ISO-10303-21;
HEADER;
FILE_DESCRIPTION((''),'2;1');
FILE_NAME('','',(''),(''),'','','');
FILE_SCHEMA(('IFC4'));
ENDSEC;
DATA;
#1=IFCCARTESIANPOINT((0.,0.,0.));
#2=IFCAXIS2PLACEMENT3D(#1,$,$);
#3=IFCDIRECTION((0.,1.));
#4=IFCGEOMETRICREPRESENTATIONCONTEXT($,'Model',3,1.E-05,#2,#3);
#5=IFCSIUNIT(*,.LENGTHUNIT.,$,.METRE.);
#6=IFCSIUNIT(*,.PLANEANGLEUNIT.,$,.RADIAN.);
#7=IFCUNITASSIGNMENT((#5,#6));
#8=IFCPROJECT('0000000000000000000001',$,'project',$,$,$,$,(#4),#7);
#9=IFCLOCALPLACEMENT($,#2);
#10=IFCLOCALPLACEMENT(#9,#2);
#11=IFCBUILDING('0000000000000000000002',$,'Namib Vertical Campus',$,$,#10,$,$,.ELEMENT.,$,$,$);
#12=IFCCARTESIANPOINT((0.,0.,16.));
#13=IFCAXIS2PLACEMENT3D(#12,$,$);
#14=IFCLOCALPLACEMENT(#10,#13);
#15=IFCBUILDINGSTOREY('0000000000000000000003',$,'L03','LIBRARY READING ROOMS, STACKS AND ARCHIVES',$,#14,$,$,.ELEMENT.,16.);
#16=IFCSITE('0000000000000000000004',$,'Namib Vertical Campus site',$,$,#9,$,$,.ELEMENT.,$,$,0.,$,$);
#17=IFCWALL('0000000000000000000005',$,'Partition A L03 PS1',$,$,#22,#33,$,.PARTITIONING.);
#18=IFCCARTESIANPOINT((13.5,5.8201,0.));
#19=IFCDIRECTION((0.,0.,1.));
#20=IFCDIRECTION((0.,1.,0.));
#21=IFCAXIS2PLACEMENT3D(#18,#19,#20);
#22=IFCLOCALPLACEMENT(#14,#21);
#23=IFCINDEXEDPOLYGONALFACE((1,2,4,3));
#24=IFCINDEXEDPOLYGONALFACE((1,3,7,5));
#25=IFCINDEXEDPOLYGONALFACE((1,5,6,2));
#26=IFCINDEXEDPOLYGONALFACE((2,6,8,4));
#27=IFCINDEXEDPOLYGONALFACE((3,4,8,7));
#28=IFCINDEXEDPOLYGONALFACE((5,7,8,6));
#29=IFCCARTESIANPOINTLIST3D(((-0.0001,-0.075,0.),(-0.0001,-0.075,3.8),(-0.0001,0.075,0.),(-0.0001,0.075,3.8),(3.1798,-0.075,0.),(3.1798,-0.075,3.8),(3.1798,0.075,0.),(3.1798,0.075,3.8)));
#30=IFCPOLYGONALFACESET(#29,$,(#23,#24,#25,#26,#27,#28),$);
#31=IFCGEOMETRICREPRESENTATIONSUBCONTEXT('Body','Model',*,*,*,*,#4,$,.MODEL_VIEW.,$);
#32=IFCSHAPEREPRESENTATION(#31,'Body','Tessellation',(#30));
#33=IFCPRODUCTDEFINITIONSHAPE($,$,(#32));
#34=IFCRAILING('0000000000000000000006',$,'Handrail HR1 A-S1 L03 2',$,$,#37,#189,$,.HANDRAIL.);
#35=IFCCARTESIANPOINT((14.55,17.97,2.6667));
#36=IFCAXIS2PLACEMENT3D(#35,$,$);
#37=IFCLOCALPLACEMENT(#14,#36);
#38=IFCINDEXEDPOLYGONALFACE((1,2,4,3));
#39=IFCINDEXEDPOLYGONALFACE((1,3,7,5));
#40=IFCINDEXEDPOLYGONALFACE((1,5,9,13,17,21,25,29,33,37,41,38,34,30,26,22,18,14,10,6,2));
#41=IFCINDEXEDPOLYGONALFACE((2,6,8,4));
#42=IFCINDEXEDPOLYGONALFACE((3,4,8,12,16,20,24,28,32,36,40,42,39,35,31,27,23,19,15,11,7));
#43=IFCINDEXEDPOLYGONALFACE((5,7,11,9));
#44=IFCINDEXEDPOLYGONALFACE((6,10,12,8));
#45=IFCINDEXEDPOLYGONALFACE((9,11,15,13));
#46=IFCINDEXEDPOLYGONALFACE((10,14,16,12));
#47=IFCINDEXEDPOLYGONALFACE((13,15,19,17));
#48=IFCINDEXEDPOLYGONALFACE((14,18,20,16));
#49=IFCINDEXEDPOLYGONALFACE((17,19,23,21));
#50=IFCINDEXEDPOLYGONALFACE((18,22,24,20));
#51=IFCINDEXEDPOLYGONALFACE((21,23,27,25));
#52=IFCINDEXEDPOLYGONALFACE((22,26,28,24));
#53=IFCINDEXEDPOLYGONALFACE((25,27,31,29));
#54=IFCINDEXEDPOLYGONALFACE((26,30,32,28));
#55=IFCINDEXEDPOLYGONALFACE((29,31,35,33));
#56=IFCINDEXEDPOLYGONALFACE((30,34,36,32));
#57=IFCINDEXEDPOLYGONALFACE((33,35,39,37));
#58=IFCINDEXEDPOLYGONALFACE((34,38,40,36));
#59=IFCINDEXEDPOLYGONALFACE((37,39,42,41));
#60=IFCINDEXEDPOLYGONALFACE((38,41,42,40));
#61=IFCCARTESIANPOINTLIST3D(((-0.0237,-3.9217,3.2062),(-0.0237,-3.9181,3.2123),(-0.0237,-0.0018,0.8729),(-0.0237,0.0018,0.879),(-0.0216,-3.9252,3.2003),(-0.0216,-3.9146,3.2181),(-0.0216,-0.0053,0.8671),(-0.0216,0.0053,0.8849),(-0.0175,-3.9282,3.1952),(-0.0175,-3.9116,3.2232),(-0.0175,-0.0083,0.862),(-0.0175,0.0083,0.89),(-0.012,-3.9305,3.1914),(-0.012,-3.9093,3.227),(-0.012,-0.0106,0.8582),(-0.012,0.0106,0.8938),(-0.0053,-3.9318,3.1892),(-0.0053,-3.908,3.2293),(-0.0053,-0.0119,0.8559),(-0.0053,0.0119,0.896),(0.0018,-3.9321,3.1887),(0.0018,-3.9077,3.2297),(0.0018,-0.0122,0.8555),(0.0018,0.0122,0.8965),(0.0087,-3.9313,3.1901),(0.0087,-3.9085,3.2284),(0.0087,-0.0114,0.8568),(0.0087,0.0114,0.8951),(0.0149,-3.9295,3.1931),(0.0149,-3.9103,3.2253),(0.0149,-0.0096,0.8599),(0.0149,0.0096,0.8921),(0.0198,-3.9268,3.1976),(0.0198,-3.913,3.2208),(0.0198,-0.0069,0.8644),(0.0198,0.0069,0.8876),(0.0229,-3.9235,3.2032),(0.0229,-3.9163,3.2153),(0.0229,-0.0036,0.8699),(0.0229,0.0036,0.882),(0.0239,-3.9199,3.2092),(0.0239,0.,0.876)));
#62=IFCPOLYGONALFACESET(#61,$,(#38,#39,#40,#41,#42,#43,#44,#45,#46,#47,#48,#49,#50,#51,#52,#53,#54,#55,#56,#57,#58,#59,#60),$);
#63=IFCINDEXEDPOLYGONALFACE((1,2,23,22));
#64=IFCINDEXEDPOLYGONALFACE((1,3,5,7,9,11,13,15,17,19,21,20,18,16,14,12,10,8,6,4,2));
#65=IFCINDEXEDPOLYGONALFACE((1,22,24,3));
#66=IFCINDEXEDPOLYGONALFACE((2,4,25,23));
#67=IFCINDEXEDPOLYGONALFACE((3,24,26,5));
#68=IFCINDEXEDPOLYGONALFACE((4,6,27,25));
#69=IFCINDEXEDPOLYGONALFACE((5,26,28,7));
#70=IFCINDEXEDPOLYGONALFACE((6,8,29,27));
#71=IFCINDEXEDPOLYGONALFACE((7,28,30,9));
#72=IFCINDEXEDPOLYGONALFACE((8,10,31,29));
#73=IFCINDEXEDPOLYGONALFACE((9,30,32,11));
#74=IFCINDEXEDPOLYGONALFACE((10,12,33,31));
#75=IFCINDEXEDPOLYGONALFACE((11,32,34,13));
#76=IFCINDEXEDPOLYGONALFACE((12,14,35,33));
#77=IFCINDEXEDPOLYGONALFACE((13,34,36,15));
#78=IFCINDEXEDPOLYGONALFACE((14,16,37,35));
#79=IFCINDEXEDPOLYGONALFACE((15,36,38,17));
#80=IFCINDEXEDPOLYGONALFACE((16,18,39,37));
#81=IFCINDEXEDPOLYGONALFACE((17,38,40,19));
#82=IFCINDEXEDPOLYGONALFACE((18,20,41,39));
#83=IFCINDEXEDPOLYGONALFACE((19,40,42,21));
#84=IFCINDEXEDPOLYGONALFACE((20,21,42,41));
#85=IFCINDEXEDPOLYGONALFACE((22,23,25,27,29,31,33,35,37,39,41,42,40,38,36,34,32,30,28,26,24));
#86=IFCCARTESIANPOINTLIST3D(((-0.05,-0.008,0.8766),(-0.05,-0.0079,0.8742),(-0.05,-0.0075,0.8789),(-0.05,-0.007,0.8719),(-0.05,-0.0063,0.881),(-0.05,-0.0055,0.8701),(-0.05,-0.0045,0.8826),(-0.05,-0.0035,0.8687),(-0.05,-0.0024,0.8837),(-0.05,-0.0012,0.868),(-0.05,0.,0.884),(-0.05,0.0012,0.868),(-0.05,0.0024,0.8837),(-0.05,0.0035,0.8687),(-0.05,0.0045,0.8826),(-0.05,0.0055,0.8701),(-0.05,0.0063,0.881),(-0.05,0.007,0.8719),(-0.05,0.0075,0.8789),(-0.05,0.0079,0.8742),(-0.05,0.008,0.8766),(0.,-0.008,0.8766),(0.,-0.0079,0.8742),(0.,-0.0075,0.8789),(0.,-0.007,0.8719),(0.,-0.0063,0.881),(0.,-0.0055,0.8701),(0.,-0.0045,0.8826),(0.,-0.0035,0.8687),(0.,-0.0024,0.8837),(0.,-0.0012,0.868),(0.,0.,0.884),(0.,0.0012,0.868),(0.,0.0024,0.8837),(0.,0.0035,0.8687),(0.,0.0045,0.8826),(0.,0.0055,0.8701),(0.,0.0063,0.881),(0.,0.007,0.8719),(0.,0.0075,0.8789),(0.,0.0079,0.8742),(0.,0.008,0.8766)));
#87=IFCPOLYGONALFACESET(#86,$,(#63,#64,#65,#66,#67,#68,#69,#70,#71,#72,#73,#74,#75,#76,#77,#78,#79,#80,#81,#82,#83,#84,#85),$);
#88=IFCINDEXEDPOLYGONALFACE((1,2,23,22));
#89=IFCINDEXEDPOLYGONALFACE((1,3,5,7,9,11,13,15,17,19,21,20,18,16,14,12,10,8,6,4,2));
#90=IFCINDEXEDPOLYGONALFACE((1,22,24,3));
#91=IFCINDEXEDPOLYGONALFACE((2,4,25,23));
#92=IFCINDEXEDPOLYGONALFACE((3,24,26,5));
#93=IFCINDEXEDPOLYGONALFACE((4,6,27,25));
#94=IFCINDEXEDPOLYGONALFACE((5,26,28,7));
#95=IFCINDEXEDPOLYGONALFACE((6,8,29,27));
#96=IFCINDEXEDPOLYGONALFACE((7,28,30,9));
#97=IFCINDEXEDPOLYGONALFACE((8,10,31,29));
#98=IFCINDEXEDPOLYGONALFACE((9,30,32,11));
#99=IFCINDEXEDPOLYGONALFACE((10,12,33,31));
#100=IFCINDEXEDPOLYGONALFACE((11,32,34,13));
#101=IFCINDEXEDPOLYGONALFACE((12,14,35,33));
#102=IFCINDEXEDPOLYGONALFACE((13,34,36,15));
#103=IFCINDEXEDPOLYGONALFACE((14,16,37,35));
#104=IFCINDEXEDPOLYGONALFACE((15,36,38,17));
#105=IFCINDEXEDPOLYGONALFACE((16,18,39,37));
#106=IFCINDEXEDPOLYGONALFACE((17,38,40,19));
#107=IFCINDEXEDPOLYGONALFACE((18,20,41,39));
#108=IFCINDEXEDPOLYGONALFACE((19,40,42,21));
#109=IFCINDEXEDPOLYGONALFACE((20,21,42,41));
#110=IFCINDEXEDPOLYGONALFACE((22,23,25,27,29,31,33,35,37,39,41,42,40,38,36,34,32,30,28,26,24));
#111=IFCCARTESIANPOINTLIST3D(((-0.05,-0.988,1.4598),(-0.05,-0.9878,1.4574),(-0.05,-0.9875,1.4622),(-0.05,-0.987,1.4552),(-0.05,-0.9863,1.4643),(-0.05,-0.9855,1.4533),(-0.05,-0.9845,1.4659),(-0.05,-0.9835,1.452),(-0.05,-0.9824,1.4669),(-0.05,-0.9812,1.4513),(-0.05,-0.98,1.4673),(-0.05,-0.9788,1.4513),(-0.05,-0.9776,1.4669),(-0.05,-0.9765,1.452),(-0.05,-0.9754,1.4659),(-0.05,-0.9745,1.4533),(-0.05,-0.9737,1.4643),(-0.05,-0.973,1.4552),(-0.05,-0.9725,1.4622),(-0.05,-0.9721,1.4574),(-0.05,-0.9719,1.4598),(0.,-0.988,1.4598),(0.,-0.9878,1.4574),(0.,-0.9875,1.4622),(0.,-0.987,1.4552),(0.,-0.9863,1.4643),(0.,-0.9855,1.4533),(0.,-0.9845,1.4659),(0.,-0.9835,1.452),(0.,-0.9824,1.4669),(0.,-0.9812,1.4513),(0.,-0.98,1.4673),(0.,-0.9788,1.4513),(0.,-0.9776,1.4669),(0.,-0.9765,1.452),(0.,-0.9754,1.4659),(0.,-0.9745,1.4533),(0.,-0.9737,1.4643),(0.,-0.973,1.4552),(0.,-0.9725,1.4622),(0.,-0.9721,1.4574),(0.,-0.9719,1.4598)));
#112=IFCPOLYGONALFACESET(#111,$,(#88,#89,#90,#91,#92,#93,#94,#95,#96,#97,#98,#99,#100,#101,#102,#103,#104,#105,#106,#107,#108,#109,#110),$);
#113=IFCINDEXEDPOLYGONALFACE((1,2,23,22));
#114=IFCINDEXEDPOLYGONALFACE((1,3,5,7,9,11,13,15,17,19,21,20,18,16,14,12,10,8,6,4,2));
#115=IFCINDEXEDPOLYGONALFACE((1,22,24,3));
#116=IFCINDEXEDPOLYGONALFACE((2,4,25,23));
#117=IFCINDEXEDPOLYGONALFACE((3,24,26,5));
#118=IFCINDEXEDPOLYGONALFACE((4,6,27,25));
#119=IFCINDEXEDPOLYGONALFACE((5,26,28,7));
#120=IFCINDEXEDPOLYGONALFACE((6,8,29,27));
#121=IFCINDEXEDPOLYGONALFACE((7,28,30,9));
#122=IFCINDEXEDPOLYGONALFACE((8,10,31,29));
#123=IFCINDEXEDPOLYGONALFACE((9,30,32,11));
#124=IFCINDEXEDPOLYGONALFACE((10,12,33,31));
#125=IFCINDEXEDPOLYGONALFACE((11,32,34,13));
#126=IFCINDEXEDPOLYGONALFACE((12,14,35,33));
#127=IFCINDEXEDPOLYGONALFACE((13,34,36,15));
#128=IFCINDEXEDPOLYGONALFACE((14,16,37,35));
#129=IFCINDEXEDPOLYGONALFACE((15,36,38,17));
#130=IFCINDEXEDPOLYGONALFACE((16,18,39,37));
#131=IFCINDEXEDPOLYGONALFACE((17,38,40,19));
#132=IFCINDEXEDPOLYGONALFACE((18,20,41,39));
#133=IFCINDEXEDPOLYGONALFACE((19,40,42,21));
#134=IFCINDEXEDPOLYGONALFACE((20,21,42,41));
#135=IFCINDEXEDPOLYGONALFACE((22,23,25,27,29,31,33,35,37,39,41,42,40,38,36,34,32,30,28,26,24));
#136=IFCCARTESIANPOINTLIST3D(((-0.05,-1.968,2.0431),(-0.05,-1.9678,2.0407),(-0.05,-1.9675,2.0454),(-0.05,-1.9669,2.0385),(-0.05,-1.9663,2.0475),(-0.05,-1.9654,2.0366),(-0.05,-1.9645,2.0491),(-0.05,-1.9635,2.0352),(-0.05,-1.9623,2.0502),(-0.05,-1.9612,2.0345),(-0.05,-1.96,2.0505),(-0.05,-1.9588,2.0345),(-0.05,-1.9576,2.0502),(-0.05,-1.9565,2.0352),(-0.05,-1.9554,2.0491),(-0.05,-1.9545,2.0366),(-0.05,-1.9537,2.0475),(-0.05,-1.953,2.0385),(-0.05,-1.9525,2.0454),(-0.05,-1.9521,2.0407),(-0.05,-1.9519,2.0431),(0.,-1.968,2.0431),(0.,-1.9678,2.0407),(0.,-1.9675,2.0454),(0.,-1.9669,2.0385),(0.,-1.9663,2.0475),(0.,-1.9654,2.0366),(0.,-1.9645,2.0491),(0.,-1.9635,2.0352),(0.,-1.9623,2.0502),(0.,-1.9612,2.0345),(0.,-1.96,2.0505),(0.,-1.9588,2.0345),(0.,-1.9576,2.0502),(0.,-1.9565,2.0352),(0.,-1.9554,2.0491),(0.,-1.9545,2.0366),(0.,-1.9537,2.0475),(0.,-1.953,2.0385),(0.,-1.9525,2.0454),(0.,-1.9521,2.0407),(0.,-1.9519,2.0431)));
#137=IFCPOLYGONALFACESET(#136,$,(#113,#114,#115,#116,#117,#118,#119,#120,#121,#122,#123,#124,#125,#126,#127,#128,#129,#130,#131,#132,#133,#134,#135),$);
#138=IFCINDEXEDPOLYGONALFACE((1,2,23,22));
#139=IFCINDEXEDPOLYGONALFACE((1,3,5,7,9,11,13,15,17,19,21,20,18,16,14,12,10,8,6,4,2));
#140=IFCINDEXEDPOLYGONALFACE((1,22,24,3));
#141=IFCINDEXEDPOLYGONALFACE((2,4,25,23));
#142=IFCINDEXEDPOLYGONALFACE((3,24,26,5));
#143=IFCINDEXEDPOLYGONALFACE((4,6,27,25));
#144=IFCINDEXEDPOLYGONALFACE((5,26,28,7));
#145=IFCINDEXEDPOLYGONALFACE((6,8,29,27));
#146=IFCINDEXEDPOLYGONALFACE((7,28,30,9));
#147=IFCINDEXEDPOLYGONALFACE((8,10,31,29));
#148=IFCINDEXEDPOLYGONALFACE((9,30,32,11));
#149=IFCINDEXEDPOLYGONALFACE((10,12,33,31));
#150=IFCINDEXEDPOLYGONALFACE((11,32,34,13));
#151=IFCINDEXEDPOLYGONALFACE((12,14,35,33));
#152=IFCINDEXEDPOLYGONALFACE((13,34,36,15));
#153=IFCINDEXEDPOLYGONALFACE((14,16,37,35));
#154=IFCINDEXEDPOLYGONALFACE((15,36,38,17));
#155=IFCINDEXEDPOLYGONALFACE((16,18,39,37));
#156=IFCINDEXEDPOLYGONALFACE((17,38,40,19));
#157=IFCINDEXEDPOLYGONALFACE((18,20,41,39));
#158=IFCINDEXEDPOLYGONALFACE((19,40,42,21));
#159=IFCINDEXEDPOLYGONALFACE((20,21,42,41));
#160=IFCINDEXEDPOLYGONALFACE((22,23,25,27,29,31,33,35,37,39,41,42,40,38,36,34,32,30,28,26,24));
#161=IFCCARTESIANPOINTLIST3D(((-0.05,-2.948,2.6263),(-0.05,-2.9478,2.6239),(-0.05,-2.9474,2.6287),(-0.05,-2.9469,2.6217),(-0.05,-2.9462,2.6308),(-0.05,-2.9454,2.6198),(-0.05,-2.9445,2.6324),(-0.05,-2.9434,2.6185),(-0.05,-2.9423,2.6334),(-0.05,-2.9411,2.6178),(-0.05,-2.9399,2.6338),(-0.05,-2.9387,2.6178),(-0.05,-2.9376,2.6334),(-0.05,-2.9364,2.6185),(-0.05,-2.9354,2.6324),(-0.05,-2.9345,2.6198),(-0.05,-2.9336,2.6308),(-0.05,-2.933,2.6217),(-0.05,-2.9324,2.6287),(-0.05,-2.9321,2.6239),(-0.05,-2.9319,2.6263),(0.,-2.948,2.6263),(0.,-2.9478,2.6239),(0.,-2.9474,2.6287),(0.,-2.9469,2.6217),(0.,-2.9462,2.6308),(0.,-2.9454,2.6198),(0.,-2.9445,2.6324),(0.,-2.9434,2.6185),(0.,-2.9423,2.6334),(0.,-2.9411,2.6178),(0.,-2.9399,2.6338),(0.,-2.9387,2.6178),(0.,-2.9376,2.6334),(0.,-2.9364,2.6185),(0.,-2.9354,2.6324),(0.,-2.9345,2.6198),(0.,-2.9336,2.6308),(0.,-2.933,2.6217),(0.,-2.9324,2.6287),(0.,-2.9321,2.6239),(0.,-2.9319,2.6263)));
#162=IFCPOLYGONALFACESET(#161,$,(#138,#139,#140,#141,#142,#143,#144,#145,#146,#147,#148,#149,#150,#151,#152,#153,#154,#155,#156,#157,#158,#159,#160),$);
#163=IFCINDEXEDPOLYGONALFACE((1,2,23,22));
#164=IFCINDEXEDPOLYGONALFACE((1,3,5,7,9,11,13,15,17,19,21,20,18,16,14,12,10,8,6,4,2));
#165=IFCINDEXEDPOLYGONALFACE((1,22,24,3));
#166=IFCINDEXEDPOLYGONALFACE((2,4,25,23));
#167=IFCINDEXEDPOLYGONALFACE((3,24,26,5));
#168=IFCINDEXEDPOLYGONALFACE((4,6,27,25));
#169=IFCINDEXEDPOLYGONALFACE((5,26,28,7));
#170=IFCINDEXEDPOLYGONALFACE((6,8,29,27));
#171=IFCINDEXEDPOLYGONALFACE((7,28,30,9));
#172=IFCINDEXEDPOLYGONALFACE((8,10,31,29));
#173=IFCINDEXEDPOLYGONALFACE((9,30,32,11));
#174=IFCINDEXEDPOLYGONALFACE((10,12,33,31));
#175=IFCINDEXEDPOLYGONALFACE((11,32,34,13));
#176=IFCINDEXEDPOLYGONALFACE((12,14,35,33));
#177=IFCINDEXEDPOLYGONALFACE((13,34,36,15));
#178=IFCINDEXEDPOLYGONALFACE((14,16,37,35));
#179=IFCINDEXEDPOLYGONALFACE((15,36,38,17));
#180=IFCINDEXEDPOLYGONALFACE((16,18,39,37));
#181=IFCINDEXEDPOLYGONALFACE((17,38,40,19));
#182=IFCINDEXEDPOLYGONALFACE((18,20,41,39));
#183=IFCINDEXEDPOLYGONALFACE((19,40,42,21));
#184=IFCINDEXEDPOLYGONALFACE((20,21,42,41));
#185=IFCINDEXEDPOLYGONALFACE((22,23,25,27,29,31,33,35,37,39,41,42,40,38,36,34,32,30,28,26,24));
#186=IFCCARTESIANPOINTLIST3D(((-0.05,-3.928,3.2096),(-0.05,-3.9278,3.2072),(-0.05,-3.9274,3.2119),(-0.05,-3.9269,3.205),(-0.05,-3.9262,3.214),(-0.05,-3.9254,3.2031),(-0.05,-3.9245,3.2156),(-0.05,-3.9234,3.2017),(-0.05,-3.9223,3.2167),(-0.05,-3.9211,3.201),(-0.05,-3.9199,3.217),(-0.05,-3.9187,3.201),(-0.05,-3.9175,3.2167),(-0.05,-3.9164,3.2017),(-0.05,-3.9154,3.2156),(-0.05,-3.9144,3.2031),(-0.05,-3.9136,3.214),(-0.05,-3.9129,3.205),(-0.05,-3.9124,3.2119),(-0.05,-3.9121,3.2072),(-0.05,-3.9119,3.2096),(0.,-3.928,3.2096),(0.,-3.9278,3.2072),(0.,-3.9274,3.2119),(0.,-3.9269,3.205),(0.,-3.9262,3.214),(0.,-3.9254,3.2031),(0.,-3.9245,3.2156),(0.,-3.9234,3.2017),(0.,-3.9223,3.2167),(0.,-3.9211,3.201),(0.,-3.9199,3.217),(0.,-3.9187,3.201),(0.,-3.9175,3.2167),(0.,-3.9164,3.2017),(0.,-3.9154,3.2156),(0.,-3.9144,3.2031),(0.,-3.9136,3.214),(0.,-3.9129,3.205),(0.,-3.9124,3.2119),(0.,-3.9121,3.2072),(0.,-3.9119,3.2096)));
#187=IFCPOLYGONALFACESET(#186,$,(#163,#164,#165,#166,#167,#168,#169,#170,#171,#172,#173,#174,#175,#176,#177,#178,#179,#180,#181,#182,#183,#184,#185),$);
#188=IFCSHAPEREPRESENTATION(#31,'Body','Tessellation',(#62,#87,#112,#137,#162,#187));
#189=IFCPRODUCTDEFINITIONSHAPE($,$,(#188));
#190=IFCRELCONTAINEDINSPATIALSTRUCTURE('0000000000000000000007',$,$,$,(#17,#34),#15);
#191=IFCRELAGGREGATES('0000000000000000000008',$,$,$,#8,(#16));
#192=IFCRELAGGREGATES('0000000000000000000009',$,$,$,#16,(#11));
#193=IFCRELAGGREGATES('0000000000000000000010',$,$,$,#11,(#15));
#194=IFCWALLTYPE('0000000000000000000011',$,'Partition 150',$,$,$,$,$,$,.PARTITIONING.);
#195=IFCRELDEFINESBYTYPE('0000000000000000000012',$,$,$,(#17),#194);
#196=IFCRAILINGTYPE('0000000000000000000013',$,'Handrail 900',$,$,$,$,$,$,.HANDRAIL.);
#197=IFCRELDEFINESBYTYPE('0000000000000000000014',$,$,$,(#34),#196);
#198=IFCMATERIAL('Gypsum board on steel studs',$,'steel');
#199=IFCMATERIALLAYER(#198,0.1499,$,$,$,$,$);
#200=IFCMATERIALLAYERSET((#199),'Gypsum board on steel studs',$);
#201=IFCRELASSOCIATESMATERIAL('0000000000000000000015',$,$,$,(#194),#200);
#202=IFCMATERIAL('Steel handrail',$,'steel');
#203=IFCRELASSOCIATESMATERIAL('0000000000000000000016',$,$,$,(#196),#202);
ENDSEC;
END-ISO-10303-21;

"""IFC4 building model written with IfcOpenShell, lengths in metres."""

from ifc_helpers import new_model, si_unit, direction, frame, frame_2d, origin, origin_2d, place, context, subcontext, project, spatial, rectangle, circle, extrude, material, layer, layer_set, type_object, element, save


model = new_model("IFC4")

# Units and contexts
model_context = context("Model", 3, precision=1e-05, world=origin(), true_north=direction((0.0, 1.0)))
body_context = subcontext(model_context, "Body", "Model", "MODEL_VIEW")
ifc_project = project(units=[si_unit("LENGTHUNIT", "METRE"), si_unit("PLANEANGLEUNIT", "RADIAN")], contexts=[model_context])

# Site, building, storey
site_placement = place(None, origin())
site = spatial("IfcSite", under=ifc_project, at=site_placement, Name="Namib Vertical Campus site", CompositionType="ELEMENT", RefElevation=0.0)
building_placement = place(site_placement, origin())
building = spatial("IfcBuilding", under=site, at=building_placement, Name="Namib Vertical Campus", CompositionType="ELEMENT")
storey_placement = place(building_placement, frame((0.0, 0.0, 16.0)))
storey = spatial("IfcBuildingStorey", under=building, at=storey_placement, Name="L03", Description="LIBRARY READING ROOMS, STACKS AND ARCHIVES", CompositionType="ELEMENT", Elevation=16.0)

# Wall
ifc_material_1 = material(Name="Gypsum board on steel studs", Category="steel")
ifc_layer_1 = layer(ifc_material_1, 0.1499)
ifc_layer_set_1 = layer_set([ifc_layer_1], Name="Gypsum board on steel studs")
wall_type_1 = type_object("IfcWallType", Name="Partition 150", PredefinedType="PARTITIONING", material=ifc_layer_set_1)
wall_1_placement = place(storey_placement, frame((13.5, 5.8201, 0.0), z_axis=(0.0, 0.0, 1.0), x_axis=(0.0, 1.0, 0.0)))
element("IfcWall", 1, at=wall_1_placement, inside=storey, type_object=wall_type_1, Name="Partition A L03 PS1", PredefinedType="PARTITIONING", context=body_context, shape_type="SweptSolid", body=[
    extrude(rectangle(XDim=3.1799, YDim=0.1499, at=frame_2d((1.5898, 0.0))), origin(), (0.0, 0.0, 1.0), 3.8),
])

# Railing
ifc_material_2 = material(Name="Steel handrail", Category="steel")
railing_type_1 = type_object("IfcRailingType", Name="Handrail 900", PredefinedType="HANDRAIL", material=ifc_material_2)
railing_1_placement = place(storey_placement, frame((14.55, 17.97, 2.6667)))
element("IfcRailing", 2, at=railing_1_placement, inside=storey, type_object=railing_type_1, Name="Handrail HR1 A-S1 L03 2", PredefinedType="HANDRAIL", context=body_context, shape_type="SweptSolid", body=[
    extrude(circle(Radius=0.0239, at=origin_2d()), frame((0.0, 0.0, 0.876), z_axis=(0.0, -0.859296, 0.511478), x_axis=(1.0, 0.0, 0.0)), (0.0, 0.0, 1.0), 4.5618),
    extrude(circle(Radius=0.0081, at=origin_2d()), frame((0.0, 0.0, 0.876), z_axis=(-1.0, 0.0, 0.0), x_axis=(0.0, 0.0, 1.0)), (0.0, 0.0, 1.0), 0.05),
    extrude(circle(Radius=0.0081, at=origin_2d()), frame((0.0, -0.98, 1.4592), z_axis=(-1.0, 0.0, 0.0), x_axis=(0.0, 0.0, 1.0)), (0.0, 0.0, 1.0), 0.05),
    extrude(circle(Radius=0.0081, at=origin_2d()), frame((0.0, -1.96, 2.0425), z_axis=(-1.0, 0.0, 0.0), x_axis=(0.0, 0.0, 1.0)), (0.0, 0.0, 1.0), 0.05),
    extrude(circle(Radius=0.0081, at=origin_2d()), frame((0.0, -2.9399, 2.6257), z_axis=(-1.0, 0.0, 0.0), x_axis=(0.0, 0.0, 1.0)), (0.0, 0.0, 1.0), 0.05),
    extrude(circle(Radius=0.0081, at=origin_2d()), frame((0.0, -3.9199, 3.209), z_axis=(-1.0, 0.0, 0.0), x_axis=(0.0, 0.0, 1.0)), (0.0, 0.0, 1.0), 0.05),
])

save(model, "model.ifc")
